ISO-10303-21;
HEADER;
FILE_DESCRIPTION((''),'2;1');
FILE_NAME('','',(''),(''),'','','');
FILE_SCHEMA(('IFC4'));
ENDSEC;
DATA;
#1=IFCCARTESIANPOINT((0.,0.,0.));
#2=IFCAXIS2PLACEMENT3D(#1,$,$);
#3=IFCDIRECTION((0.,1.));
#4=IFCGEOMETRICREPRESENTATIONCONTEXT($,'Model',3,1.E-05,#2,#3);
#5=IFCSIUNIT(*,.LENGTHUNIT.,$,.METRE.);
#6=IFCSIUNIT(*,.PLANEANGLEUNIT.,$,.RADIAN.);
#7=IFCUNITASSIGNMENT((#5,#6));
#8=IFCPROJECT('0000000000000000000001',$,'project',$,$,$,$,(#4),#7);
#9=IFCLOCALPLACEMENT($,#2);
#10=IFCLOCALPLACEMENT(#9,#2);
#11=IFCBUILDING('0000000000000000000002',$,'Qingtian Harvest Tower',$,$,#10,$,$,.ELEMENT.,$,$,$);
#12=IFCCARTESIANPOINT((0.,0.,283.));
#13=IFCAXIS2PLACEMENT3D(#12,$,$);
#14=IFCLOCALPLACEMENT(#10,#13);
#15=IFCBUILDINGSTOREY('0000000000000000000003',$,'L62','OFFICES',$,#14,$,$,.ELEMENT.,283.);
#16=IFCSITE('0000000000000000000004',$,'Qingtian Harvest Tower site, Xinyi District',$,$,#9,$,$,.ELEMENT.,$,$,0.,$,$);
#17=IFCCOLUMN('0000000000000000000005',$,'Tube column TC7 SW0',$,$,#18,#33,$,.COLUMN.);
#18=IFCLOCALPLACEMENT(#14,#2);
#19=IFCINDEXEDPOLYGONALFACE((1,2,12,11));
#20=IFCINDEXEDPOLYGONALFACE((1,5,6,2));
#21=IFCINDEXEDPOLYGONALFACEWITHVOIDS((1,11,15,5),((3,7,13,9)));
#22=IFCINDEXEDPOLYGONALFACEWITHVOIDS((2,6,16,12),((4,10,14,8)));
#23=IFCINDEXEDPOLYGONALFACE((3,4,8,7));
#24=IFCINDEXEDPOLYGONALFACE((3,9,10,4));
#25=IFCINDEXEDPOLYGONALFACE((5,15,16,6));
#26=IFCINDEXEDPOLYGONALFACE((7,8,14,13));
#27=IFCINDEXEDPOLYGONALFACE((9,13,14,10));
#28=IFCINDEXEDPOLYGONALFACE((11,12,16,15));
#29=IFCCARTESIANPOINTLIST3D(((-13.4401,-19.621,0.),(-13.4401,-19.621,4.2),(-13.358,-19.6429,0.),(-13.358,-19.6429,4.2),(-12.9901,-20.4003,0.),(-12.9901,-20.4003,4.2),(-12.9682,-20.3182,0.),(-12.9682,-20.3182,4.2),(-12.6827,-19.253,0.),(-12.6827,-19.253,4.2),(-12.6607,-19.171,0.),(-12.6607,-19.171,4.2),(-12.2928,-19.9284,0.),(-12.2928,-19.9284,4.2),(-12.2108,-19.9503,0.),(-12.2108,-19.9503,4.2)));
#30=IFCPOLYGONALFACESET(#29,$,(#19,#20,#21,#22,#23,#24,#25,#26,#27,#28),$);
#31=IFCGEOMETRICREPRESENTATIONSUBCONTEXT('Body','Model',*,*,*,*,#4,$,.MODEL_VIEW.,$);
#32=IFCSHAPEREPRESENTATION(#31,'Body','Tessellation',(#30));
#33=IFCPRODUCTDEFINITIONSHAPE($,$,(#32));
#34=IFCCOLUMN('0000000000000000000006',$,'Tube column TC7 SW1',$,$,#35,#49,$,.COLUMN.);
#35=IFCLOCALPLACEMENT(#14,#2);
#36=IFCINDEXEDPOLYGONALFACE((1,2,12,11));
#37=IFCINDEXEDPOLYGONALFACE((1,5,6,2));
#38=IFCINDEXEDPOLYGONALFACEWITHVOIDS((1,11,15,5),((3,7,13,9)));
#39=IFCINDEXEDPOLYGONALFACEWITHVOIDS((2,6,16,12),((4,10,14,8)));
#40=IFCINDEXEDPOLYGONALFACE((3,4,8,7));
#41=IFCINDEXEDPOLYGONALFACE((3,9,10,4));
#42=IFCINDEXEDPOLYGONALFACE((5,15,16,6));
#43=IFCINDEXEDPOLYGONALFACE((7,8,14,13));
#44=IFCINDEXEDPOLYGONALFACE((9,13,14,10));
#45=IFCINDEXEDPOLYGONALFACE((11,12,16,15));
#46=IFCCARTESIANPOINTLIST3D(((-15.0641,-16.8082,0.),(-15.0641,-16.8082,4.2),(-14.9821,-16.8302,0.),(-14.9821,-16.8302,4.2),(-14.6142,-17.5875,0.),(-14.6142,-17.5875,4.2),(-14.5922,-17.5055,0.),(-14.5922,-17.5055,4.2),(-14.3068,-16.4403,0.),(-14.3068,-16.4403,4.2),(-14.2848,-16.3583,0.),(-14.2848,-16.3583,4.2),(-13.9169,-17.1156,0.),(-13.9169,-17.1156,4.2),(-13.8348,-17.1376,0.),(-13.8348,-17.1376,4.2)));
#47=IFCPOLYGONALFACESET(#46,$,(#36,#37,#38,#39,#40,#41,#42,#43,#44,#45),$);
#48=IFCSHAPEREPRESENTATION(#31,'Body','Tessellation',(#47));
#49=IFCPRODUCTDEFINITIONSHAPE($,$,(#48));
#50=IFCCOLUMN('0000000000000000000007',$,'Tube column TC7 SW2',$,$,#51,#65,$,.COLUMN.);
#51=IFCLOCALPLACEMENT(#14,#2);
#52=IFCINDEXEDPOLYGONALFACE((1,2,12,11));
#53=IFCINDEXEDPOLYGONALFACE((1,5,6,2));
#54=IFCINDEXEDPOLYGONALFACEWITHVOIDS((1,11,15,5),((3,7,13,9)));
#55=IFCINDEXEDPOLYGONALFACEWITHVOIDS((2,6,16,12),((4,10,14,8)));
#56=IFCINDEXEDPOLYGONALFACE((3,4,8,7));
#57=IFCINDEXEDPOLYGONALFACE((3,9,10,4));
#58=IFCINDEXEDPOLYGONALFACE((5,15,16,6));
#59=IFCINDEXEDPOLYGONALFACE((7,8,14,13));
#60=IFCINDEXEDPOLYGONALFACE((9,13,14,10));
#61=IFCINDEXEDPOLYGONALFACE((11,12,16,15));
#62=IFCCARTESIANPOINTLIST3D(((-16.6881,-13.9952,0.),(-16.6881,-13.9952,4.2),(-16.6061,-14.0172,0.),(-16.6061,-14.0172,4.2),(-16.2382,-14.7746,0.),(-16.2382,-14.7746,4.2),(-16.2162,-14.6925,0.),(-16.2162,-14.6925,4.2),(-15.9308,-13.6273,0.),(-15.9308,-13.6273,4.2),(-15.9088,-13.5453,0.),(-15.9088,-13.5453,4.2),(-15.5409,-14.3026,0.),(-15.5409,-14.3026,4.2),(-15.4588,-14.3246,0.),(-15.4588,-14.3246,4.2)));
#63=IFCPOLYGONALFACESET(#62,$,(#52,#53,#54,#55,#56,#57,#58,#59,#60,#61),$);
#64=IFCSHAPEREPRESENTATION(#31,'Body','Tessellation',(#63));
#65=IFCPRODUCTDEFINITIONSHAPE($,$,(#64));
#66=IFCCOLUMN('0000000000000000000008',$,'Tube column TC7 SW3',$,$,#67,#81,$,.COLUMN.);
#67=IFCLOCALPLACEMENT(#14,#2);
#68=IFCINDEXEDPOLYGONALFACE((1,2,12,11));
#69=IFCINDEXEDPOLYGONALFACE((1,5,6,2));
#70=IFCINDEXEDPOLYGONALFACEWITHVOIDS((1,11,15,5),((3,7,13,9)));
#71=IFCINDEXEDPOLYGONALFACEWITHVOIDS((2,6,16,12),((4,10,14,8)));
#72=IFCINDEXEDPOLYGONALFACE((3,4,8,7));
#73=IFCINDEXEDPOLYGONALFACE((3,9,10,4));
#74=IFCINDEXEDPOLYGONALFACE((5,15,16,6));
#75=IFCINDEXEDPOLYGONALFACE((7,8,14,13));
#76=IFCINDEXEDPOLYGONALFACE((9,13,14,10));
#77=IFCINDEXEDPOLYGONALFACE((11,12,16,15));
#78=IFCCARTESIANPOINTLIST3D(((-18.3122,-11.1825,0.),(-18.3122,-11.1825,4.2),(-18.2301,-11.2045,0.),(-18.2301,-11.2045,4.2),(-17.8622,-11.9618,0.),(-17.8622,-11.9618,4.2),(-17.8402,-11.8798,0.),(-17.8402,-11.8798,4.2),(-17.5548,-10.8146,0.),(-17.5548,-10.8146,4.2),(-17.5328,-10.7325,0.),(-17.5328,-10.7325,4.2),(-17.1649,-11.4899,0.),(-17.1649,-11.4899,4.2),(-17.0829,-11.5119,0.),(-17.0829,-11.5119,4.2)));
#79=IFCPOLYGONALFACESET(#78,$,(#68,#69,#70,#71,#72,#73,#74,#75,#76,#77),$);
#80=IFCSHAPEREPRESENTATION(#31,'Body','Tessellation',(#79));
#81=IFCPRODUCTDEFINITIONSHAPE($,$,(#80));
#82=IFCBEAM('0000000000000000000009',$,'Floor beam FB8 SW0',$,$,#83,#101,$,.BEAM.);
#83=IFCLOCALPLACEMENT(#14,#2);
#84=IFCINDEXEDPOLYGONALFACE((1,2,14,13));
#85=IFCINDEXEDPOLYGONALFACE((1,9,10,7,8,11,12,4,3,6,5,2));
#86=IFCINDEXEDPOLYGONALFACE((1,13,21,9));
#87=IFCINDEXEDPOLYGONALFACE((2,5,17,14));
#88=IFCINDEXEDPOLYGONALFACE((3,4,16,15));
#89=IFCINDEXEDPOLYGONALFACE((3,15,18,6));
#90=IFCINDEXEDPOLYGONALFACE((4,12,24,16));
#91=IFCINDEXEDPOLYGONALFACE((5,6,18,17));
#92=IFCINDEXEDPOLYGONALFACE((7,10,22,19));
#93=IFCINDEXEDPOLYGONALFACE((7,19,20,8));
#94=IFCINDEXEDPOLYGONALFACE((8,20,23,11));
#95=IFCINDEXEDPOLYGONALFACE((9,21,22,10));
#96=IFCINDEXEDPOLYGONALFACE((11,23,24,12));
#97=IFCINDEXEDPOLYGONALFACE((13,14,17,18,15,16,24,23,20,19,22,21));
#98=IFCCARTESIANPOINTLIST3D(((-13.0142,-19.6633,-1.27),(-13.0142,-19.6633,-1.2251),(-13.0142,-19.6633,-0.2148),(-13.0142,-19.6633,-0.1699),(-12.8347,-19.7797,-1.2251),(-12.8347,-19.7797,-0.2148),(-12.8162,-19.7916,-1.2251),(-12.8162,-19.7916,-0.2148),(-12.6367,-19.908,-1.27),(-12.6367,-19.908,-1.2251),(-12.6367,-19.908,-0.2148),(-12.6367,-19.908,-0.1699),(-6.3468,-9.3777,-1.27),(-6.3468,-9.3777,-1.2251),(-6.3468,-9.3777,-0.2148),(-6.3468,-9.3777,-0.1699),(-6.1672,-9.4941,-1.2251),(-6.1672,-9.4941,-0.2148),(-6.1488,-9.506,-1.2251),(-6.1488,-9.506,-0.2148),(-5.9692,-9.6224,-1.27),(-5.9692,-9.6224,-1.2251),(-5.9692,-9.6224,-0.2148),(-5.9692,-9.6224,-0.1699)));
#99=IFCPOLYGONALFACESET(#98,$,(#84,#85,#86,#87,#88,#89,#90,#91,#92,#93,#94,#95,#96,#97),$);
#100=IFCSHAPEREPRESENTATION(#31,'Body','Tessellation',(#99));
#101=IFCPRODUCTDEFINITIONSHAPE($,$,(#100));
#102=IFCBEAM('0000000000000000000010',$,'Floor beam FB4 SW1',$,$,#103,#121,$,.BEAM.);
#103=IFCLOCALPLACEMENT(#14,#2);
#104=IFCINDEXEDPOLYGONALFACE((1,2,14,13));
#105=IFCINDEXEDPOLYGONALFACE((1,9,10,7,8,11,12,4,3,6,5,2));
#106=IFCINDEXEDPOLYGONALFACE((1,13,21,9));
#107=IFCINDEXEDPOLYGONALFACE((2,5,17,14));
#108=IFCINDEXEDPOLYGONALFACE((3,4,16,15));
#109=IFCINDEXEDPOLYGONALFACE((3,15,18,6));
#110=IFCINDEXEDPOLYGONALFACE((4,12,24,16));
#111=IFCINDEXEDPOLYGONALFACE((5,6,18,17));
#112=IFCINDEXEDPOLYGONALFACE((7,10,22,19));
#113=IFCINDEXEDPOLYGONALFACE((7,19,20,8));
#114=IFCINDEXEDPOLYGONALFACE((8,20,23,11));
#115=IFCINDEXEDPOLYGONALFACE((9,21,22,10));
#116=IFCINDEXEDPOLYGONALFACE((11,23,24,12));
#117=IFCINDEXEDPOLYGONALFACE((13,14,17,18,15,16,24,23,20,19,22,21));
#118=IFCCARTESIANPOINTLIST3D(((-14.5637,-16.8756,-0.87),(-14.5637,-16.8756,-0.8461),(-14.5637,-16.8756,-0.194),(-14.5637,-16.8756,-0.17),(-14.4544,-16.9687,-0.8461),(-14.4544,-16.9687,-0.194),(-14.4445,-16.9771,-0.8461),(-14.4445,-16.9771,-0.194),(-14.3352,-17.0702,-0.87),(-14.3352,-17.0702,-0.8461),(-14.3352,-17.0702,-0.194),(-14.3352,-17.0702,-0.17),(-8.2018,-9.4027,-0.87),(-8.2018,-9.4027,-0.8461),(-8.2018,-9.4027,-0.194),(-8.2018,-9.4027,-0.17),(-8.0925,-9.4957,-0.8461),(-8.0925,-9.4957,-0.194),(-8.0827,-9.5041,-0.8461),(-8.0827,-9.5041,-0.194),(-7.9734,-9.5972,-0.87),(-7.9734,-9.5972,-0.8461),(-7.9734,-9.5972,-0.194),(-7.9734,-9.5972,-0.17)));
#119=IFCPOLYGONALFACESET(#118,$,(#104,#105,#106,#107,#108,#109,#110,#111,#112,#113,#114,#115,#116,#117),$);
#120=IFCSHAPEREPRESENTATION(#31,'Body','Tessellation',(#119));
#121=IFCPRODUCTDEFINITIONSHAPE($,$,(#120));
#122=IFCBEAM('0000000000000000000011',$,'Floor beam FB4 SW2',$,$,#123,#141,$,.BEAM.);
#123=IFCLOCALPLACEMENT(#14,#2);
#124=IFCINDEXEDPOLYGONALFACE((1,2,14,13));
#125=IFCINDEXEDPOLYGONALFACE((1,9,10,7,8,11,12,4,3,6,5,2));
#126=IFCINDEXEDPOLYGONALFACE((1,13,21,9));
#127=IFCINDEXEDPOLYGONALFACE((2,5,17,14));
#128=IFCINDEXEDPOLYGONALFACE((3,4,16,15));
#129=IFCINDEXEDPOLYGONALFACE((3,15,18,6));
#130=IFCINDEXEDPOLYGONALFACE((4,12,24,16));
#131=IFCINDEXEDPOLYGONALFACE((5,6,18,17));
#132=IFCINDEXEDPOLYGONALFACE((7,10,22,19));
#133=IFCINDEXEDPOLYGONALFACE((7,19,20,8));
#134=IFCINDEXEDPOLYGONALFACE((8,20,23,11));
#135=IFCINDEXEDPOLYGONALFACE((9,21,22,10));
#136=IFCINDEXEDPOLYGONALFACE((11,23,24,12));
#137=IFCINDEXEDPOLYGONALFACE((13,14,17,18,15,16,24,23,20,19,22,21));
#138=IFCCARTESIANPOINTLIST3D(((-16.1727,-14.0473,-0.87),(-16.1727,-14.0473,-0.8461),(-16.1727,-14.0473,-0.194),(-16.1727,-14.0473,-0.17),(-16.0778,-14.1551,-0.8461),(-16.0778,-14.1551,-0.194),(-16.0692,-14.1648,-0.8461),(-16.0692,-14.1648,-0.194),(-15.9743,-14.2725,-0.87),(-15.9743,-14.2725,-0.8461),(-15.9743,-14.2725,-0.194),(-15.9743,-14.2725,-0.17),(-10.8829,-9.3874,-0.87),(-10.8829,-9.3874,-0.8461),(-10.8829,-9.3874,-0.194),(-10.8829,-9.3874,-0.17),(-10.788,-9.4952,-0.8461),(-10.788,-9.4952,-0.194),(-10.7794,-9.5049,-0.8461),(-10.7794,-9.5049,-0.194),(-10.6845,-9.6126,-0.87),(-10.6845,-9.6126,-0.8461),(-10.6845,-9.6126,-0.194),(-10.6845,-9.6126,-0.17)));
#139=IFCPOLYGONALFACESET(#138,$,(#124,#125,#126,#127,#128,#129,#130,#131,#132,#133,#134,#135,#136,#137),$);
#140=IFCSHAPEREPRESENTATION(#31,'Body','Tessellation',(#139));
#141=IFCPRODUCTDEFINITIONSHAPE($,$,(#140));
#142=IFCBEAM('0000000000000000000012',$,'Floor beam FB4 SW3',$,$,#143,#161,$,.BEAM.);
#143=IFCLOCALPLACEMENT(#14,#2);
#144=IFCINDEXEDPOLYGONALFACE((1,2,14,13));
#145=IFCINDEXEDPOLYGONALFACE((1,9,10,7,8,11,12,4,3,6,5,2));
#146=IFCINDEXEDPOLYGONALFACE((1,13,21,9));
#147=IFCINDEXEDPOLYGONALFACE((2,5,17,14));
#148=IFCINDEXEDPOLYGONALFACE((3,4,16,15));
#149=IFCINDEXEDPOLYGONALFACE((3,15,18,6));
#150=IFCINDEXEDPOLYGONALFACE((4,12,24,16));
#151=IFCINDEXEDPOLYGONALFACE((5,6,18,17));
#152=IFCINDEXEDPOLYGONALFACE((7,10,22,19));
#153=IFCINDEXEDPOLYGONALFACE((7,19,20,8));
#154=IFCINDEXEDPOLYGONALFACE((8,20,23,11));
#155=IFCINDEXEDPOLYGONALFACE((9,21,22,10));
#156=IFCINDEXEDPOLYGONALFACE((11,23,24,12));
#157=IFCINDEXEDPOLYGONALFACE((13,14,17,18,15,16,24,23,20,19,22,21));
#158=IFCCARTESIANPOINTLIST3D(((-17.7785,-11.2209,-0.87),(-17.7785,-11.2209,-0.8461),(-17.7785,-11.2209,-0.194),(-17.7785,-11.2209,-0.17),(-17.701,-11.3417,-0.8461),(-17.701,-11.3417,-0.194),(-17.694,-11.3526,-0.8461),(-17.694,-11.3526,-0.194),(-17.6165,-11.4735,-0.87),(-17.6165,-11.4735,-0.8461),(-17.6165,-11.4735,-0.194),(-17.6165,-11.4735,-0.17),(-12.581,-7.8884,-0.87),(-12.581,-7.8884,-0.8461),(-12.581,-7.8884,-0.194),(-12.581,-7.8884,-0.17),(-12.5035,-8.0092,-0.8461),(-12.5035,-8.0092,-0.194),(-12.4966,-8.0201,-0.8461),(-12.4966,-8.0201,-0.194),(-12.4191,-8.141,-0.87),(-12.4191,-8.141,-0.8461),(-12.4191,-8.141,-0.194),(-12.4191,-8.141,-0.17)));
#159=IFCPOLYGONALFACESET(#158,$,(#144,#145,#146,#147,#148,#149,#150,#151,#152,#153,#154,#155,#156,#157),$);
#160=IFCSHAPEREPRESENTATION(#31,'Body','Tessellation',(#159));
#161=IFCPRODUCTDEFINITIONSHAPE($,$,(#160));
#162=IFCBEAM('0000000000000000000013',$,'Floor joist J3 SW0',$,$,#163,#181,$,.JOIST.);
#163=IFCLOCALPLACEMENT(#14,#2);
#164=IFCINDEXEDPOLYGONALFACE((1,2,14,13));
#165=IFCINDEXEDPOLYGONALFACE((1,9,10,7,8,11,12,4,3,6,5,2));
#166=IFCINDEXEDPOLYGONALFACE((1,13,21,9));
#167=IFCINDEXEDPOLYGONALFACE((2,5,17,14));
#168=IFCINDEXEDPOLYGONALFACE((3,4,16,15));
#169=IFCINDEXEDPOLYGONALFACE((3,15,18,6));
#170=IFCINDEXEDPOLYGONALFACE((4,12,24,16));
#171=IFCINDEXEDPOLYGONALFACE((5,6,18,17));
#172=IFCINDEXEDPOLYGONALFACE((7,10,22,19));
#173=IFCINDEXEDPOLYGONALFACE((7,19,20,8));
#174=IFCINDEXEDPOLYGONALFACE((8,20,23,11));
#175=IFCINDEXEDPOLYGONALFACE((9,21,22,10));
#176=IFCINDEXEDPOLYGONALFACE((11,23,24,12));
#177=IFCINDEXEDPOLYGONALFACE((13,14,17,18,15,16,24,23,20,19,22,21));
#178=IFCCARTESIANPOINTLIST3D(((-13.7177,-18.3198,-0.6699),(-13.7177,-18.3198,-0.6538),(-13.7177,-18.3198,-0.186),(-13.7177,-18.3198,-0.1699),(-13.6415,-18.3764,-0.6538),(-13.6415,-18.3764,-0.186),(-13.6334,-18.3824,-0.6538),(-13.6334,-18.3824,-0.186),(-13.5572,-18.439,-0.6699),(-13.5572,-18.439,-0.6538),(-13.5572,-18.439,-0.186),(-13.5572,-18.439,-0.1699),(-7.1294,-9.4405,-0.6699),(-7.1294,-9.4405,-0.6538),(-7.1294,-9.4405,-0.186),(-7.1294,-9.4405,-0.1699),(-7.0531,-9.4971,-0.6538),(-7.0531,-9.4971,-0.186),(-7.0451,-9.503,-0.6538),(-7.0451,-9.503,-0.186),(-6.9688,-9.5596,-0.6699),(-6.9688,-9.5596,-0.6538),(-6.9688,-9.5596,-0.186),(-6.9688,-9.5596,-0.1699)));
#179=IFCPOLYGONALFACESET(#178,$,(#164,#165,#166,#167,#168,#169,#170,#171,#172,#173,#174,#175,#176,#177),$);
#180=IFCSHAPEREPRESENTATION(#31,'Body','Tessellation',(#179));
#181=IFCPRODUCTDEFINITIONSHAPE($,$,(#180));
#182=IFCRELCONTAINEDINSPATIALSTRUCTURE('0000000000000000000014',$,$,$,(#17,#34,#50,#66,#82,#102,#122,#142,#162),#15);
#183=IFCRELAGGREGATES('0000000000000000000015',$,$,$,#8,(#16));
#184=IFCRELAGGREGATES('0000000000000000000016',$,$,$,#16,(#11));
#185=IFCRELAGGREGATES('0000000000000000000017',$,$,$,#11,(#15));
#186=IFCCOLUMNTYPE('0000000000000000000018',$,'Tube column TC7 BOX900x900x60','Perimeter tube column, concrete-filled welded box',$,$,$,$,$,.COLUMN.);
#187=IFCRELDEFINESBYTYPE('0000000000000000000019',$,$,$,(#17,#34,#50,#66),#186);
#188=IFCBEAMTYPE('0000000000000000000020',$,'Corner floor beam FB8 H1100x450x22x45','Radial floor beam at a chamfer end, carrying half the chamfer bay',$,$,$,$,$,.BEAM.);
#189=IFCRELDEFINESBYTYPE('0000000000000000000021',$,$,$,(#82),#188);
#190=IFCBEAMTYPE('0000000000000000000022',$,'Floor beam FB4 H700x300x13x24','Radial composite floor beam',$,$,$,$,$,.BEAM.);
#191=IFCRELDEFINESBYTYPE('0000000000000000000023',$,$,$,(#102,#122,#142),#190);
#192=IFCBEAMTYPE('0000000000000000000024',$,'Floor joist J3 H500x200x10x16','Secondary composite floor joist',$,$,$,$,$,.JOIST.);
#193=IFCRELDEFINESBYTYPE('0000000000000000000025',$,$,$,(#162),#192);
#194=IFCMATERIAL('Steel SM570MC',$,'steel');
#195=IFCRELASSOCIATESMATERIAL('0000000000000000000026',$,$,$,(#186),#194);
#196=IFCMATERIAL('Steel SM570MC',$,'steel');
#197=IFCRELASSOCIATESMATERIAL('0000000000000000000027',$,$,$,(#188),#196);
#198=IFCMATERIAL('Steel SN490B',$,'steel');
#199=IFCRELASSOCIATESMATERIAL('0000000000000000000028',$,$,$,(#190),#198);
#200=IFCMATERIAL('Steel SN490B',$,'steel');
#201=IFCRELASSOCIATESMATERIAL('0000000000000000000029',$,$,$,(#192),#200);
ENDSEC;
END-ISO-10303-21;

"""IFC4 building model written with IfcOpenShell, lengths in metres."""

from ifc_helpers import new_model, si_unit, direction, frame, origin, origin_2d, place, context, subcontext, project, spatial, hollow_rectangle, i_section, extrude, material, material_profile, profile_set, type_object, element, save


model = new_model("IFC4")

# Units and contexts
model_context = context("Model", 3, precision=1e-05, world=origin(), true_north=direction((0.0, 1.0)))
body_context = subcontext(model_context, "Body", "Model", "MODEL_VIEW")
ifc_project = project(units=[si_unit("LENGTHUNIT", "METRE"), si_unit("PLANEANGLEUNIT", "RADIAN")], contexts=[model_context])

# Site, building, storey
site_placement = place(None, origin())
site = spatial("IfcSite", under=ifc_project, at=site_placement, Name="Qingtian Harvest Tower site, Xinyi District", CompositionType="ELEMENT", RefElevation=0.0)
building_placement = place(site_placement, origin())
building = spatial("IfcBuilding", under=site, at=building_placement, Name="Qingtian Harvest Tower", CompositionType="ELEMENT")
storey_placement = place(building_placement, frame((0.0, 0.0, 283.0)))
storey = spatial("IfcBuildingStorey", under=building, at=storey_placement, Name="L62", Description="OFFICES", CompositionType="ELEMENT", Elevation=283.0)

# Columns
ifc_material_1 = material(Name="Steel SM570MC", Category="steel")
ifc_material_profile_1 = material_profile(ifc_material_1, hollow_rectangle(XDim=0.8999, YDim=0.8999, WallThickness=0.0601, at=origin_2d()), Name="BOX900x900x60")
ifc_profile_set_1 = profile_set([ifc_material_profile_1], Name="Steel SM570MC")
column_type = type_object("IfcColumnType", Name="Tube column TC7 BOX900x900x60", Description="Perimeter tube column, concrete-filled welded box", PredefinedType="COLUMN", material=ifc_profile_set_1)
for number, where, z_axis, x_axis, name in (
    (1, (-12.8254, -19.7856, 0.0), (0.0, 0.0, 1.0), (0.5, -0.866025, 0.0), "Tube column TC7 SW0"),
    (2, (-14.4495, -16.9729, 0.0), (0.0, 0.0, 1.0), (0.5, -0.866025, 0.0), "Tube column TC7 SW1"),
    (3, (-16.0735, -14.1599, 0.0), (0.0, 0.0, 1.0), (0.5, -0.866025, 0.0), "Tube column TC7 SW2"),
    (4, (-17.6975, -11.3472, 0.0), (0.0, 0.0, 1.0), (0.5, -0.866025, 0.0), "Tube column TC7 SW3"),
):
    element("IfcColumn", number, at=place(storey_placement, frame(where, z_axis=z_axis, x_axis=x_axis)), inside=storey, type_object=column_type, Name=name, PredefinedType="COLUMN", context=body_context, shape_type="SweptSolid", body=[
        extrude(hollow_rectangle(XDim=0.8999, YDim=0.8999, WallThickness=0.0601, at=origin_2d()), origin(), (0.0, 0.0, 1.0), 4.2),
    ])

# Beams
ifc_material_2 = material(Name="Steel SM570MC", Category="steel")
ifc_material_profile_2 = material_profile(ifc_material_2, i_section(OverallWidth=0.45, OverallDepth=1.1001, WebThickness=0.022, FlangeThickness=0.0449, at=origin_2d()), Name="H1100x450x22x45")
ifc_profile_set_2 = profile_set([ifc_material_profile_2], Name="Steel SM570MC")
beam_type_1 = type_object("IfcBeamType", Name="Corner floor beam FB8 H1100x450x22x45", Description="Radial floor beam at a chamfer end, carrying half the chamfer bay", PredefinedType="BEAM", material=ifc_profile_set_2)
beam_1_placement = place(storey_placement, frame((-12.8254, -19.7856, -0.72), z_axis=(0.543945, 0.839121, 0.0), x_axis=(-0.839121, 0.543945, 0.0)))
element("IfcBeam", 5, at=beam_1_placement, inside=storey, type_object=beam_type_1, Name="Floor beam FB8 SW0", PredefinedType="BEAM", context=body_context, shape_type="SweptSolid", body=[
    extrude(i_section(OverallWidth=0.45, OverallDepth=1.1001, WebThickness=0.022, FlangeThickness=0.0449, at=origin_2d()), origin(), (0.0, 0.0, 1.0), 12.2576),
])
ifc_material_3 = material(Name="Steel SN490B", Category="steel")
ifc_material_profile_3 = material_profile(ifc_material_3, i_section(OverallWidth=0.3, OverallDepth=0.7, WebThickness=0.0129, FlangeThickness=0.0239, at=origin_2d()), Name="H700x300x13x24")
ifc_profile_set_3 = profile_set([ifc_material_profile_3], Name="Steel SN490B")
beam_type_2 = type_object("IfcBeamType", Name="Floor beam FB4 H700x300x13x24", Description="Radial composite floor beam", PredefinedType="BEAM", material=ifc_profile_set_3)
beam_2_placement = place(storey_placement, frame((-14.4495, -16.9729, -0.52), z_axis=(0.648231, 0.761444, 0.0), x_axis=(-0.761444, 0.648231, 0.0)))
element("IfcBeam", 6, at=beam_2_placement, inside=storey, type_object=beam_type_2, Name="Floor beam FB4 SW1", PredefinedType="BEAM", context=body_context, shape_type="SweptSolid", body=[
    extrude(i_section(OverallWidth=0.3, OverallDepth=0.7, WebThickness=0.0129, FlangeThickness=0.0239, at=origin_2d()), origin(), (0.0, 0.0, 1.0), 9.8142),
])
beam_3_placement = place(storey_placement, frame((-16.0735, -14.1599, -0.52), z_axis=(0.750369, 0.661019, 0.0), x_axis=(-0.661019, 0.750369, 0.0)))
element("IfcBeam", 7, at=beam_3_placement, inside=storey, type_object=beam_type_2, Name="Floor beam FB4 SW2", PredefinedType="BEAM", context=body_context, shape_type="SweptSolid", body=[
    extrude(i_section(OverallWidth=0.3, OverallDepth=0.7, WebThickness=0.0129, FlangeThickness=0.0239, at=origin_2d()), origin(), (0.0, 0.0, 1.0), 7.0496),
])
beam_4_placement = place(storey_placement, frame((-17.6975, -11.3472, -0.52), z_axis=(0.841822, 0.539756, 0.0), x_axis=(-0.539756, 0.841822, 0.0)))
element("IfcBeam", 8, at=beam_4_placement, inside=storey, type_object=beam_type_2, Name="Floor beam FB4 SW3", PredefinedType="BEAM", context=body_context, shape_type="SweptSolid", body=[
    extrude(i_section(OverallWidth=0.3, OverallDepth=0.7, WebThickness=0.0129, FlangeThickness=0.0239, at=origin_2d()), origin(), (0.0, 0.0, 1.0), 6.1741),
])
ifc_material_4 = material(Name="Steel SN490B", Category="steel")
ifc_material_profile_4 = material_profile(ifc_material_4, i_section(OverallWidth=0.2, OverallDepth=0.5, WebThickness=0.01, FlangeThickness=0.0161, at=origin_2d()), Name="H500x200x10x16")
ifc_profile_set_4 = profile_set([ifc_material_profile_4], Name="Steel SN490B")
beam_type_3 = type_object("IfcBeamType", Name="Floor joist J3 H500x200x10x16", Description="Secondary composite floor joist", PredefinedType="JOIST", material=ifc_profile_set_4)
beam_5_placement = place(storey_placement, frame((-13.6375, -18.3794, -0.4199), z_axis=(0.595873, 0.803079, 0.0), x_axis=(-0.803079, 0.595873, 0.0)))
element("IfcBeam", 9, at=beam_5_placement, inside=storey, type_object=beam_type_3, Name="Floor joist J3 SW0", PredefinedType="JOIST", context=body_context, shape_type="SweptSolid", body=[
    extrude(i_section(OverallWidth=0.2, OverallDepth=0.5, WebThickness=0.01, FlangeThickness=0.0161, at=origin_2d()), origin(), (0.0, 0.0, 1.0), 11.0566),
])

save(model, "model.ifc")
